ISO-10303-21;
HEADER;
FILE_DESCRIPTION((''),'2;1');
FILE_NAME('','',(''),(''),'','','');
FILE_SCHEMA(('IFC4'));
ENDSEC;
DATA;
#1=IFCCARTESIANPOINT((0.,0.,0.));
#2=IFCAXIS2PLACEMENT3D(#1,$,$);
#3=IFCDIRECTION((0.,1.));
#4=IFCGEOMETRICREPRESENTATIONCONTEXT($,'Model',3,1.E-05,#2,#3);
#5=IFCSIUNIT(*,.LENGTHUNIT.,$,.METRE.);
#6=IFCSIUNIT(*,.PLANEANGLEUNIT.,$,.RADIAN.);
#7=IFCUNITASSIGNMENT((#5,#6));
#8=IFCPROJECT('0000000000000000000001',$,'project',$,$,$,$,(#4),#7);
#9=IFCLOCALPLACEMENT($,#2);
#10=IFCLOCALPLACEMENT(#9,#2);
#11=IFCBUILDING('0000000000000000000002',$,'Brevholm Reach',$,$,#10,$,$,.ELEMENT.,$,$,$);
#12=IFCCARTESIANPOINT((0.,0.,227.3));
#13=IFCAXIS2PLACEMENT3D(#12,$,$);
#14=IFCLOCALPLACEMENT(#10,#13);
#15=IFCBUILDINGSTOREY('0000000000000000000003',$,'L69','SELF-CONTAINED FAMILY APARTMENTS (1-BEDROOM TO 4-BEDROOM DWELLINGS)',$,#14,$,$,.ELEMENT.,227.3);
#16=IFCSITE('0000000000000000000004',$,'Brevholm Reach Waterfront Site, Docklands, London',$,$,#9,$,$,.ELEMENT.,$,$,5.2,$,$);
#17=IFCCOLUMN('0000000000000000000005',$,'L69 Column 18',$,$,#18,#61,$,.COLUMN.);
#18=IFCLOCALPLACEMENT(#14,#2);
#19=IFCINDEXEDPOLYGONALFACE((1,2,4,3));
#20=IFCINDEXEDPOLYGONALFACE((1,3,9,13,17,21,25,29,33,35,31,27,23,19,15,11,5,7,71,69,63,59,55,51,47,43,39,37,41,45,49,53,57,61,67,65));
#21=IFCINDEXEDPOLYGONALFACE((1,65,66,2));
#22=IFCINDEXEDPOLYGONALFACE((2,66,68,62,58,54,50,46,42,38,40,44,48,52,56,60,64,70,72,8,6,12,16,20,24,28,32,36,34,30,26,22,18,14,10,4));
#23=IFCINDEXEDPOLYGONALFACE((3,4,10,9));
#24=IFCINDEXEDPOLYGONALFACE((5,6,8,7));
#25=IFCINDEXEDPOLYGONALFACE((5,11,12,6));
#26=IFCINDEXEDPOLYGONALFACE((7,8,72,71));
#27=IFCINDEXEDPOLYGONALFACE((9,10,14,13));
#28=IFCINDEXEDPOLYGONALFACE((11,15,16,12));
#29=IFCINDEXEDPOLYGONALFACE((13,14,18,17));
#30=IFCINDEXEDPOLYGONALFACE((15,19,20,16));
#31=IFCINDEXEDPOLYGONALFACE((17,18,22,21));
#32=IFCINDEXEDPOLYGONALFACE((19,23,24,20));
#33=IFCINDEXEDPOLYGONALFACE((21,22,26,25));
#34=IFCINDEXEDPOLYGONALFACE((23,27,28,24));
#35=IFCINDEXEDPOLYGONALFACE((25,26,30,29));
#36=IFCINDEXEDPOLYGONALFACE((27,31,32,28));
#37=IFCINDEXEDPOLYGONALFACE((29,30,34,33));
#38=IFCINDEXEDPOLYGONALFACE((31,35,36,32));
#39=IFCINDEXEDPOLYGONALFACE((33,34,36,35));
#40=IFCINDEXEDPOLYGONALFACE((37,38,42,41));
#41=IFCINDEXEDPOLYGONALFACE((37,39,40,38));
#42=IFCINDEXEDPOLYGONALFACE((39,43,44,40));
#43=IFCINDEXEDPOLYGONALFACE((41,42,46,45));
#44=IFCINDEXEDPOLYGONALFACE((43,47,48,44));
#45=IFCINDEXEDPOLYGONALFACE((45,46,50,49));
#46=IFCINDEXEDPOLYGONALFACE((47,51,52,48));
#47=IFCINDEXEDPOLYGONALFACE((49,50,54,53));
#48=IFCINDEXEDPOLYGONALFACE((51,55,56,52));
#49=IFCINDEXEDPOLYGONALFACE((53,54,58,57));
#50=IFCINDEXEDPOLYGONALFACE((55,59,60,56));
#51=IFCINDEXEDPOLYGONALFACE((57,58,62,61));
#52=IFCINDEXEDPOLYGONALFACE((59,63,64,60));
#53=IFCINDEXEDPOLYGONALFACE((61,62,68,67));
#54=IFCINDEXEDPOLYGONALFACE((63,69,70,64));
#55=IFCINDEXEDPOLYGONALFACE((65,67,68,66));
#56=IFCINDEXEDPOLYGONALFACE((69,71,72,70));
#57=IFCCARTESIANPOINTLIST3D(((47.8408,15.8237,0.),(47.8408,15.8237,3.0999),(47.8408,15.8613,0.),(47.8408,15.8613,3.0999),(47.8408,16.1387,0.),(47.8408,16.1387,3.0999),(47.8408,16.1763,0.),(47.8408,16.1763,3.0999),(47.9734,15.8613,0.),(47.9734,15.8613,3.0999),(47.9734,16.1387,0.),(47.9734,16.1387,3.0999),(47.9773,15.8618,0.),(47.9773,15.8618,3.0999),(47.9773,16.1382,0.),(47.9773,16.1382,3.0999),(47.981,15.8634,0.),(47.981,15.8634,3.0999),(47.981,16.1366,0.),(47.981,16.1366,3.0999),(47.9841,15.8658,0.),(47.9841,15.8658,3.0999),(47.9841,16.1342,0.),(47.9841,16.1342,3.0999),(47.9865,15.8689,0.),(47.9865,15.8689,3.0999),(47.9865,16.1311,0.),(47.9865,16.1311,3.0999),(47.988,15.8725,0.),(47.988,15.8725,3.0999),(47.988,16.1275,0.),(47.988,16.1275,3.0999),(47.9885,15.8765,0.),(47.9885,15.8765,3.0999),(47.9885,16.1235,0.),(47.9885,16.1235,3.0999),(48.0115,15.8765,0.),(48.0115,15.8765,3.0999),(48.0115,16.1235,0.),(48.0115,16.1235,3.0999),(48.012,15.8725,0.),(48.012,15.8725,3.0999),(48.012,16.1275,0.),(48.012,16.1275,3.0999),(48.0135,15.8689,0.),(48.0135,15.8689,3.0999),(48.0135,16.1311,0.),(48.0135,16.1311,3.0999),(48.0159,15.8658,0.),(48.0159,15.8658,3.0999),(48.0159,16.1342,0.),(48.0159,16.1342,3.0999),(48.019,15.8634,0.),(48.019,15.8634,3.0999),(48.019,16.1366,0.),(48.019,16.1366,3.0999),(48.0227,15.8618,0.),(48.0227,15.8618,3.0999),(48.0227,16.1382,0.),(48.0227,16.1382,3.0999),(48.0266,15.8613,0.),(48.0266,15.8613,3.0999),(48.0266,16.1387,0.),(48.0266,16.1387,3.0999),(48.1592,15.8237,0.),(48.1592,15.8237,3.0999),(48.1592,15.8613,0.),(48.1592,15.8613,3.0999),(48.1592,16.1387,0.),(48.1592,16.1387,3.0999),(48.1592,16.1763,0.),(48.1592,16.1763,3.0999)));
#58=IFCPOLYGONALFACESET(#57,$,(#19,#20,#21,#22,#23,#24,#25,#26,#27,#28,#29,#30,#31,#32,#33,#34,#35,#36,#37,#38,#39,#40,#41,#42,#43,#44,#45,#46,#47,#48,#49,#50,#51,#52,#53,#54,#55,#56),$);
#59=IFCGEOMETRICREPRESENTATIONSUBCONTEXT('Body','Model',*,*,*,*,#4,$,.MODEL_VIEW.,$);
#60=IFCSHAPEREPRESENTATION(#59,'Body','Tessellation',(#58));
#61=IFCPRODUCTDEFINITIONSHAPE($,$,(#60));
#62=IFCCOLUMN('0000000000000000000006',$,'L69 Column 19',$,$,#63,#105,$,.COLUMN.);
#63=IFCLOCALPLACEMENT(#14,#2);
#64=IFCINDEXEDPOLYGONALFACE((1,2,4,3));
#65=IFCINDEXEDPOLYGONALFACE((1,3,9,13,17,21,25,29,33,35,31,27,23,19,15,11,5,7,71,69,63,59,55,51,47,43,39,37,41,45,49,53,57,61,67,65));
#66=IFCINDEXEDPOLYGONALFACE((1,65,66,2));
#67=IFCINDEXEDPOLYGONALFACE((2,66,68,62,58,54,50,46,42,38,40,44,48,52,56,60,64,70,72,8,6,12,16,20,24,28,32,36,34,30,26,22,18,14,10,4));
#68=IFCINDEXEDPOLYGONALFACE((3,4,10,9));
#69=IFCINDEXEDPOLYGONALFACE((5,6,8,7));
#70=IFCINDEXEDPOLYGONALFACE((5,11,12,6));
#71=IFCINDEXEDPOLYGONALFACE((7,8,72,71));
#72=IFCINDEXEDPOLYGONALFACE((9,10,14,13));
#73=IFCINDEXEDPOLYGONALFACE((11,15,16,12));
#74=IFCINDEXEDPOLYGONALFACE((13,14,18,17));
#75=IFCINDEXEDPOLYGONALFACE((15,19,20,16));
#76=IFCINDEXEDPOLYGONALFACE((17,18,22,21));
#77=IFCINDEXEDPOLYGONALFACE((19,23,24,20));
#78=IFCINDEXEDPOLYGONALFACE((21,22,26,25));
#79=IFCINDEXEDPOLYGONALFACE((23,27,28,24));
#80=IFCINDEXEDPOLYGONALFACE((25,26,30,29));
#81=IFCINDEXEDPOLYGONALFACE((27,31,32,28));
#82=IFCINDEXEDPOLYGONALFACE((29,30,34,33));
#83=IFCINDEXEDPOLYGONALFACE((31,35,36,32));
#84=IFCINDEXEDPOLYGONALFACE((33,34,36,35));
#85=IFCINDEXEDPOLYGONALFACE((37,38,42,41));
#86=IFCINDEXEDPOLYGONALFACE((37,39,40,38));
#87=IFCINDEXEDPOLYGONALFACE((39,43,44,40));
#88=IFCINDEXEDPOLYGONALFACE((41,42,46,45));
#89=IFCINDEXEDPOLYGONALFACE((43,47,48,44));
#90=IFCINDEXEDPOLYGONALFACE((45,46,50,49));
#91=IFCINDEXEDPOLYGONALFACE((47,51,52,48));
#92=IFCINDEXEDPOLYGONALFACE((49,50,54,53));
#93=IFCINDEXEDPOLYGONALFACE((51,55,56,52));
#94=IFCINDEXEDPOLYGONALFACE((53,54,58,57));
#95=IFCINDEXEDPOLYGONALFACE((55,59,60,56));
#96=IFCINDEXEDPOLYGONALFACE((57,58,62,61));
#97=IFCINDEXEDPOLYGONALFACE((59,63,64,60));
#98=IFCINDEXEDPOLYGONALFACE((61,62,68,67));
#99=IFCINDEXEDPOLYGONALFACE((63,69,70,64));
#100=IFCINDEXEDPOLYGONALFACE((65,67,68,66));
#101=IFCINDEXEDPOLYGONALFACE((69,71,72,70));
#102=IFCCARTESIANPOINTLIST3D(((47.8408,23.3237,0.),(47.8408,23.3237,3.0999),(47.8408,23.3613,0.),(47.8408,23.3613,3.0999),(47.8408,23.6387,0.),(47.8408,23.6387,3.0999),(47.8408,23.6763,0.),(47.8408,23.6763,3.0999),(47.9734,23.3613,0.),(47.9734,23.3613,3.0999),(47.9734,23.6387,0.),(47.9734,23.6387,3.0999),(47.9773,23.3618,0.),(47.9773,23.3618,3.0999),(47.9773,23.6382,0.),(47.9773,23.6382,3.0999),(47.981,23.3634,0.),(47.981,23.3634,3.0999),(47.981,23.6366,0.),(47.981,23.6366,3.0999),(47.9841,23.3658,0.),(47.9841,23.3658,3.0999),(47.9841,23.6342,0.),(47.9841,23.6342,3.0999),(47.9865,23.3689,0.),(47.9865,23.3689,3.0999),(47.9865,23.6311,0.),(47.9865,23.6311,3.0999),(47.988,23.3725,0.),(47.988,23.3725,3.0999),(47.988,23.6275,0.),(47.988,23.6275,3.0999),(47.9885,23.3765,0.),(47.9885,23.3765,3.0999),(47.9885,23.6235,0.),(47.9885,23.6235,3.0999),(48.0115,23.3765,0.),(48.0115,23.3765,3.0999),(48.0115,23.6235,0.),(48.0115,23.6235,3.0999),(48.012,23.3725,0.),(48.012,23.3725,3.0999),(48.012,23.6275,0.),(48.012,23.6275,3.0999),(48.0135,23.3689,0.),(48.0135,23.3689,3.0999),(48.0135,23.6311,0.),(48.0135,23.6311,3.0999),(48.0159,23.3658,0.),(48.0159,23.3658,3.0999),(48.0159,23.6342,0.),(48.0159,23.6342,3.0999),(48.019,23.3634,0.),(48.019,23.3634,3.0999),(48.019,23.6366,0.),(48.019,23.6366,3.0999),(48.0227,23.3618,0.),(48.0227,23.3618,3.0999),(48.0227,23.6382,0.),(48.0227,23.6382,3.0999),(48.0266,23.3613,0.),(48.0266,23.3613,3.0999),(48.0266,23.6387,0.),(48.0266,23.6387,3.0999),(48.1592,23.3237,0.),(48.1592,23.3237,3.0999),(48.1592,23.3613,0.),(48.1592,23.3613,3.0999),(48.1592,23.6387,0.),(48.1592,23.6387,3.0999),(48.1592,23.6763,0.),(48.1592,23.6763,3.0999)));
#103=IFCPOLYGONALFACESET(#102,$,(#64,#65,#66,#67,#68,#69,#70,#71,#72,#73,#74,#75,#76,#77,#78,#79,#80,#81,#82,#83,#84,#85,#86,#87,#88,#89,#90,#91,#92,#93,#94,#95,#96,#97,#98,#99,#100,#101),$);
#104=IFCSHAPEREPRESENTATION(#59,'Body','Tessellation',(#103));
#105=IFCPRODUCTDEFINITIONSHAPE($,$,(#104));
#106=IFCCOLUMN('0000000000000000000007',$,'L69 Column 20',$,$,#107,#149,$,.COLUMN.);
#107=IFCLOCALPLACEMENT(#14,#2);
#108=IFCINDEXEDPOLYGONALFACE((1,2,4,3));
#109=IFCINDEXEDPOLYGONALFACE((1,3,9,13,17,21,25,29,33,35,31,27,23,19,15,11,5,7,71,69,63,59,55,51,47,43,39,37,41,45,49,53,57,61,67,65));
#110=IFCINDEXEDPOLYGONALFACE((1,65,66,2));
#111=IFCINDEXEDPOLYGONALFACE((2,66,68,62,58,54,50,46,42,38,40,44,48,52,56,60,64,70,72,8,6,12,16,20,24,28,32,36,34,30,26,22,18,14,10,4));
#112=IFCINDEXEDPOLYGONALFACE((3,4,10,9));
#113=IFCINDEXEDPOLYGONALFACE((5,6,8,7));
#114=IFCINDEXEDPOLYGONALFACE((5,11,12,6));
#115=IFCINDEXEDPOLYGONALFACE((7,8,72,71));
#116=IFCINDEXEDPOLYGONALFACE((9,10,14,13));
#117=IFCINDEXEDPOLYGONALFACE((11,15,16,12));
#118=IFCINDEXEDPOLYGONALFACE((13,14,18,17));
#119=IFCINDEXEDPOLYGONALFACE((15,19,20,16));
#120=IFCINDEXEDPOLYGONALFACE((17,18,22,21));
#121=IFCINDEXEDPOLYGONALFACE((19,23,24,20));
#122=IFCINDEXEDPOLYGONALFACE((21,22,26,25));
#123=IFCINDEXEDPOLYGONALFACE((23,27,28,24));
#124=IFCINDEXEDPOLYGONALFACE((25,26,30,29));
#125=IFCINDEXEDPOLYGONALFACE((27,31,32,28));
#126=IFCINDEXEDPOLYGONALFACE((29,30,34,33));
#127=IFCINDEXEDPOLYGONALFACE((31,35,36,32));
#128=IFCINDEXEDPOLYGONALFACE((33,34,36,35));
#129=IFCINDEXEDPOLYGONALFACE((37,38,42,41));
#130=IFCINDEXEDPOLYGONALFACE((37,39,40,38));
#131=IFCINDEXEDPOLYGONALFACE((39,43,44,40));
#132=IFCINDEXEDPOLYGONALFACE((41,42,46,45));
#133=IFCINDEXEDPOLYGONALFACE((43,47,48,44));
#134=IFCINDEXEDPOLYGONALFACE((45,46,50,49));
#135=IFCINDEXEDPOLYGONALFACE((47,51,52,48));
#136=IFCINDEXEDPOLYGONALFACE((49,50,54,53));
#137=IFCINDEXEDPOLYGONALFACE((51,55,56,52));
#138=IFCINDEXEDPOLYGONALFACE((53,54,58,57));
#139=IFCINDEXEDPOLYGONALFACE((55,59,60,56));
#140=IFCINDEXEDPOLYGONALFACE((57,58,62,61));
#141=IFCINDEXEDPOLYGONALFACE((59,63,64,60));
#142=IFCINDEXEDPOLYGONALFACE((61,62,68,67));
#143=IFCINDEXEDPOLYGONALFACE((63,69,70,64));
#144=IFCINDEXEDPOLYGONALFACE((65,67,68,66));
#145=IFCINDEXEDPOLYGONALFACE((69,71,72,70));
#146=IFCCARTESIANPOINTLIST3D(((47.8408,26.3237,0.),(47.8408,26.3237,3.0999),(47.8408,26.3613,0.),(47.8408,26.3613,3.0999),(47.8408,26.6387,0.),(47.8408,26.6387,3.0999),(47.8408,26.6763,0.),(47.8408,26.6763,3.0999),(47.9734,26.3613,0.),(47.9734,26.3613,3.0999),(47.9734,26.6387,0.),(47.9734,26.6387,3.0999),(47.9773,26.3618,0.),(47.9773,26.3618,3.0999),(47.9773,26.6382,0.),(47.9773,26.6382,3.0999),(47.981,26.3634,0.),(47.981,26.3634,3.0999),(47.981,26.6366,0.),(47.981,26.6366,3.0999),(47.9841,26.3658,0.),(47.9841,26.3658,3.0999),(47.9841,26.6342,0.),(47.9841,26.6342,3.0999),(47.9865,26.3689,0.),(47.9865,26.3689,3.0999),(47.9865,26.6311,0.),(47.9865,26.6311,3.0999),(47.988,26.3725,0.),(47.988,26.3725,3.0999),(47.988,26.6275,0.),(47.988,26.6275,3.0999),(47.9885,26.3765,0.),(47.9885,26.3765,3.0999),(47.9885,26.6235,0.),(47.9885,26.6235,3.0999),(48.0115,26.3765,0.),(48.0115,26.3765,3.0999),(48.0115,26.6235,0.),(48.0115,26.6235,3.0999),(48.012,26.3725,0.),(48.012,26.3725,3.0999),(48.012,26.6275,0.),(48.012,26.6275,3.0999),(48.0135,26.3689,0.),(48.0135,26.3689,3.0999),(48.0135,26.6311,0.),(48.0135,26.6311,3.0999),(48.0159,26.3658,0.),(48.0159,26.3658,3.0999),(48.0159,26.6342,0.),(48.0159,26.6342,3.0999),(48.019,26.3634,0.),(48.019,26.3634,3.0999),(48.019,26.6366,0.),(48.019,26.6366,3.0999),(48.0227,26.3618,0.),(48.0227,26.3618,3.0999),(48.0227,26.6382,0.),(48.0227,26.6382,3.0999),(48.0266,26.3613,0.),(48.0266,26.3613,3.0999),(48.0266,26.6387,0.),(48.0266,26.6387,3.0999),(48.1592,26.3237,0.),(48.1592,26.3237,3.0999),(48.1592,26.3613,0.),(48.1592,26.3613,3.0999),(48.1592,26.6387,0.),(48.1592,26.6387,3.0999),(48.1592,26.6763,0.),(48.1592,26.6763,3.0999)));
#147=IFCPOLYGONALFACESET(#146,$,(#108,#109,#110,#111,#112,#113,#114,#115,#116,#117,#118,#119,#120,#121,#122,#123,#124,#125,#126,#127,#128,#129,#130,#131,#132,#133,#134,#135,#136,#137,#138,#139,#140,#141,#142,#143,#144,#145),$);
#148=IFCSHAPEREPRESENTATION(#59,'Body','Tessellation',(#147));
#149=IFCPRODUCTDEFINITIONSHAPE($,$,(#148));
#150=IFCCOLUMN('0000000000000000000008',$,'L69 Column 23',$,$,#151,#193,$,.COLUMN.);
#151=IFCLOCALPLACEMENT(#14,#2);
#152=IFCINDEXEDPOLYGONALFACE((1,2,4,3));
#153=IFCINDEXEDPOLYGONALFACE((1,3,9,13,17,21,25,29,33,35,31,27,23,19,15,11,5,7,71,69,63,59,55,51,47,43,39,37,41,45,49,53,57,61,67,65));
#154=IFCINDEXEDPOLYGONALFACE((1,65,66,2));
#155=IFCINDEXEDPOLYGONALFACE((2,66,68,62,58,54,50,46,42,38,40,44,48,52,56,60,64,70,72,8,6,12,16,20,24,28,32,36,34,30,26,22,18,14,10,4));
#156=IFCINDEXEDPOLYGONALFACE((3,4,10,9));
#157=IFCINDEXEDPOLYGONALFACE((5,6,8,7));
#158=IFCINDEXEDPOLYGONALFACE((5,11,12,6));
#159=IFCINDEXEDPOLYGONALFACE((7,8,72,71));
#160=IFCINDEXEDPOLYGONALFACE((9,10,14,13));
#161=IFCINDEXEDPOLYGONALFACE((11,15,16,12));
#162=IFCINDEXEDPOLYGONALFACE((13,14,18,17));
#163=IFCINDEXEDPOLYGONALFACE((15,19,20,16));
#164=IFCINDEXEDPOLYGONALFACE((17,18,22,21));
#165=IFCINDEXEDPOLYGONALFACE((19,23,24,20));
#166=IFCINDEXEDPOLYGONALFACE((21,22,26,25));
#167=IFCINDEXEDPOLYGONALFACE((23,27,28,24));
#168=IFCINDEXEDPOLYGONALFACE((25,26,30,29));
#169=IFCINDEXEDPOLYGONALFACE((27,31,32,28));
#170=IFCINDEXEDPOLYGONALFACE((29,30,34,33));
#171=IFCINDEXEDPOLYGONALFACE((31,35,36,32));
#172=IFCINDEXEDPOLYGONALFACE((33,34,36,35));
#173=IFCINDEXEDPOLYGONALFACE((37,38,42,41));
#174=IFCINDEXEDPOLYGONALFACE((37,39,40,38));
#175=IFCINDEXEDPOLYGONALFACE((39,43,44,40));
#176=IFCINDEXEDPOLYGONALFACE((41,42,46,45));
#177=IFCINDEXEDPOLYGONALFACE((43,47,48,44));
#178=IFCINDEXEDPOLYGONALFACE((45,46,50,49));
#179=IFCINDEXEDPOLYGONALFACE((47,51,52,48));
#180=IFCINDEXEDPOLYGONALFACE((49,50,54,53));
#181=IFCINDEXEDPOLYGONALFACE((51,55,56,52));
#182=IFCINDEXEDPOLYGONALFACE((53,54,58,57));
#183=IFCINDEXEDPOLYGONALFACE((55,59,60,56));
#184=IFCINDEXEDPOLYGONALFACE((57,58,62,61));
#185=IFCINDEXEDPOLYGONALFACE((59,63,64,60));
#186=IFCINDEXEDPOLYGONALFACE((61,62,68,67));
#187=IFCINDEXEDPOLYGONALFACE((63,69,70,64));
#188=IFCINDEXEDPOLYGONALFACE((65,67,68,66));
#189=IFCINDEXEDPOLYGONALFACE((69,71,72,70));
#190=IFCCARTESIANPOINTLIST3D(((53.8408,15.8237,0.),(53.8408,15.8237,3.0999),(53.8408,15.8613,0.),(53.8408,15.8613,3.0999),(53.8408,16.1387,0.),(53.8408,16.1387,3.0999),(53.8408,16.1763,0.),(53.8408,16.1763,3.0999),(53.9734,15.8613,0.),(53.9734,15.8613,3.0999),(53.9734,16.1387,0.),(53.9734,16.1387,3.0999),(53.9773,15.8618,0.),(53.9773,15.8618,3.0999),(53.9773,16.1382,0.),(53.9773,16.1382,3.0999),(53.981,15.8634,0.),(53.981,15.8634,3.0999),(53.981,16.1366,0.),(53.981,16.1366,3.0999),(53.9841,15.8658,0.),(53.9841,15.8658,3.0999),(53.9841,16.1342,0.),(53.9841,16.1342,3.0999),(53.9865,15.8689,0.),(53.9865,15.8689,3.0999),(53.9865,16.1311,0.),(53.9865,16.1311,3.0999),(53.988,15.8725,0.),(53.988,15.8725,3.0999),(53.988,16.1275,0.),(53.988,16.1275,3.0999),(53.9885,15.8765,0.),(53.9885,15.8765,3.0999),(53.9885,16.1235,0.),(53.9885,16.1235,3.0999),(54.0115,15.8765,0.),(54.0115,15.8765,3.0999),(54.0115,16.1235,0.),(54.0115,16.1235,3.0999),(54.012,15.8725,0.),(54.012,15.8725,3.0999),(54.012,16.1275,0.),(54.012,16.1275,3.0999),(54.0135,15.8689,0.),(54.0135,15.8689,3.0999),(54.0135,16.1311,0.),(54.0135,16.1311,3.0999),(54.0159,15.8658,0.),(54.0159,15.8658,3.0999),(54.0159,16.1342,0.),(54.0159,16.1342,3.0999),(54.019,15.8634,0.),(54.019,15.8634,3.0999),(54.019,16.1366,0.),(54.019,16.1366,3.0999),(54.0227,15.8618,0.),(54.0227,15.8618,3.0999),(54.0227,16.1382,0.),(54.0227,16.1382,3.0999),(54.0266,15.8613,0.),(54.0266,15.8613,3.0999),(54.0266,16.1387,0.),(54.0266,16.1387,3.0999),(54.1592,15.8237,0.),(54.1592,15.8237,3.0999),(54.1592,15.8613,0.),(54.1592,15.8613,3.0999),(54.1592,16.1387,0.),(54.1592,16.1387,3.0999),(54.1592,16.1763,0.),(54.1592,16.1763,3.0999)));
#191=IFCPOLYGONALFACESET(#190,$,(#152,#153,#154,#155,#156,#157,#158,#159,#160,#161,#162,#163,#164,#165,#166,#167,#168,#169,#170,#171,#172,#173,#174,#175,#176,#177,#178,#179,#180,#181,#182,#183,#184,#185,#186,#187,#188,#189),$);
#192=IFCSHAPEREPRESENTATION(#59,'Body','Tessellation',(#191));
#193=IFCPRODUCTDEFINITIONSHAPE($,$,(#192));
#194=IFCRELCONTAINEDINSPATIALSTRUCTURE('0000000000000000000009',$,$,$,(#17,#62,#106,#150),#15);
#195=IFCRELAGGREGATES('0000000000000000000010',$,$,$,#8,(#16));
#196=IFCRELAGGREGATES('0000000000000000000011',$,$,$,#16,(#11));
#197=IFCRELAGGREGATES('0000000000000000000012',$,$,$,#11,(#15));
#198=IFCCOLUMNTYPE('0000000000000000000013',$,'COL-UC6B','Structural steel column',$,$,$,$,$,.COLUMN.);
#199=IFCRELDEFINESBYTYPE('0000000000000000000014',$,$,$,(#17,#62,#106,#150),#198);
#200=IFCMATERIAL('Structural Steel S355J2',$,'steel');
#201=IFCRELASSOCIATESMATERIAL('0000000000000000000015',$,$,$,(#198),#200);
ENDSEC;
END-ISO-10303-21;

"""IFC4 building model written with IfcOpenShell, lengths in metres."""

from ifc_helpers import new_model, si_unit, direction, frame, origin, origin_2d, place, context, subcontext, project, spatial, i_section, extrude, material, material_profile, profile_set, type_object, element, save


model = new_model("IFC4")

# Units and contexts
model_context = context("Model", 3, precision=1e-05, world=origin(), true_north=direction((0.0, 1.0)))
body_context = subcontext(model_context, "Body", "Model", "MODEL_VIEW")
ifc_project = project(units=[si_unit("LENGTHUNIT", "METRE"), si_unit("PLANEANGLEUNIT", "RADIAN")], contexts=[model_context])

# Site, building, storey
site_placement = place(None, origin())
site = spatial("IfcSite", under=ifc_project, at=site_placement, Name="Brevholm Reach Waterfront Site, Docklands, London", CompositionType="ELEMENT", RefElevation=5.2)
building_placement = place(site_placement, origin())
building = spatial("IfcBuilding", under=site, at=building_placement, Name="Brevholm Reach", CompositionType="ELEMENT")
storey_placement = place(building_placement, frame((0.0, 0.0, 227.3)))
storey = spatial("IfcBuildingStorey", under=building, at=storey_placement, Name="L69", Description="SELF-CONTAINED FAMILY APARTMENTS (1-BEDROOM TO 4-BEDROOM DWELLINGS)", CompositionType="ELEMENT", Elevation=227.3)

# Columns
ifc_material_1 = material(Name="Structural Steel S355J2", Category="steel")
ifc_material_profile_1 = material_profile(ifc_material_1, i_section(OverallWidth=0.3184, OverallDepth=0.3525, WebThickness=0.0229, FlangeThickness=0.0376, FilletRadius=0.0151, at=origin_2d()), Name="UKC 305x305x240")
ifc_profile_set_1 = profile_set([ifc_material_profile_1], Name="Structural Steel S355J2")
column_type = type_object("IfcColumnType", Name="COL-UC6B", Description="Structural steel column", PredefinedType="COLUMN", material=ifc_profile_set_1)
for number, where, z_axis, x_axis, name in (
    (1, (48.0, 16.0, 0.0), (0.0, 0.0, 1.0), (1.0, 0.0, 0.0), "L69 Column 18"),
    (2, (48.0, 23.5, 0.0), (0.0, 0.0, 1.0), (1.0, 0.0, 0.0), "L69 Column 19"),
    (3, (48.0, 26.5, 0.0), (0.0, 0.0, 1.0), (1.0, 0.0, 0.0), "L69 Column 20"),
    (4, (54.0, 16.0, 0.0), (0.0, 0.0, 1.0), (1.0, 0.0, 0.0), "L69 Column 23"),
):
    element("IfcColumn", number, at=place(storey_placement, frame(where, z_axis=z_axis, x_axis=x_axis)), inside=storey, type_object=column_type, Name=name, PredefinedType="COLUMN", context=body_context, shape_type="SweptSolid", body=[
        extrude(i_section(OverallWidth=0.3184, OverallDepth=0.3525, WebThickness=0.0229, FlangeThickness=0.0376, FilletRadius=0.0151, at=origin_2d()), origin(), (0.0, 0.0, 1.0), 3.0999),
    ])

save(model, "model.ifc")
